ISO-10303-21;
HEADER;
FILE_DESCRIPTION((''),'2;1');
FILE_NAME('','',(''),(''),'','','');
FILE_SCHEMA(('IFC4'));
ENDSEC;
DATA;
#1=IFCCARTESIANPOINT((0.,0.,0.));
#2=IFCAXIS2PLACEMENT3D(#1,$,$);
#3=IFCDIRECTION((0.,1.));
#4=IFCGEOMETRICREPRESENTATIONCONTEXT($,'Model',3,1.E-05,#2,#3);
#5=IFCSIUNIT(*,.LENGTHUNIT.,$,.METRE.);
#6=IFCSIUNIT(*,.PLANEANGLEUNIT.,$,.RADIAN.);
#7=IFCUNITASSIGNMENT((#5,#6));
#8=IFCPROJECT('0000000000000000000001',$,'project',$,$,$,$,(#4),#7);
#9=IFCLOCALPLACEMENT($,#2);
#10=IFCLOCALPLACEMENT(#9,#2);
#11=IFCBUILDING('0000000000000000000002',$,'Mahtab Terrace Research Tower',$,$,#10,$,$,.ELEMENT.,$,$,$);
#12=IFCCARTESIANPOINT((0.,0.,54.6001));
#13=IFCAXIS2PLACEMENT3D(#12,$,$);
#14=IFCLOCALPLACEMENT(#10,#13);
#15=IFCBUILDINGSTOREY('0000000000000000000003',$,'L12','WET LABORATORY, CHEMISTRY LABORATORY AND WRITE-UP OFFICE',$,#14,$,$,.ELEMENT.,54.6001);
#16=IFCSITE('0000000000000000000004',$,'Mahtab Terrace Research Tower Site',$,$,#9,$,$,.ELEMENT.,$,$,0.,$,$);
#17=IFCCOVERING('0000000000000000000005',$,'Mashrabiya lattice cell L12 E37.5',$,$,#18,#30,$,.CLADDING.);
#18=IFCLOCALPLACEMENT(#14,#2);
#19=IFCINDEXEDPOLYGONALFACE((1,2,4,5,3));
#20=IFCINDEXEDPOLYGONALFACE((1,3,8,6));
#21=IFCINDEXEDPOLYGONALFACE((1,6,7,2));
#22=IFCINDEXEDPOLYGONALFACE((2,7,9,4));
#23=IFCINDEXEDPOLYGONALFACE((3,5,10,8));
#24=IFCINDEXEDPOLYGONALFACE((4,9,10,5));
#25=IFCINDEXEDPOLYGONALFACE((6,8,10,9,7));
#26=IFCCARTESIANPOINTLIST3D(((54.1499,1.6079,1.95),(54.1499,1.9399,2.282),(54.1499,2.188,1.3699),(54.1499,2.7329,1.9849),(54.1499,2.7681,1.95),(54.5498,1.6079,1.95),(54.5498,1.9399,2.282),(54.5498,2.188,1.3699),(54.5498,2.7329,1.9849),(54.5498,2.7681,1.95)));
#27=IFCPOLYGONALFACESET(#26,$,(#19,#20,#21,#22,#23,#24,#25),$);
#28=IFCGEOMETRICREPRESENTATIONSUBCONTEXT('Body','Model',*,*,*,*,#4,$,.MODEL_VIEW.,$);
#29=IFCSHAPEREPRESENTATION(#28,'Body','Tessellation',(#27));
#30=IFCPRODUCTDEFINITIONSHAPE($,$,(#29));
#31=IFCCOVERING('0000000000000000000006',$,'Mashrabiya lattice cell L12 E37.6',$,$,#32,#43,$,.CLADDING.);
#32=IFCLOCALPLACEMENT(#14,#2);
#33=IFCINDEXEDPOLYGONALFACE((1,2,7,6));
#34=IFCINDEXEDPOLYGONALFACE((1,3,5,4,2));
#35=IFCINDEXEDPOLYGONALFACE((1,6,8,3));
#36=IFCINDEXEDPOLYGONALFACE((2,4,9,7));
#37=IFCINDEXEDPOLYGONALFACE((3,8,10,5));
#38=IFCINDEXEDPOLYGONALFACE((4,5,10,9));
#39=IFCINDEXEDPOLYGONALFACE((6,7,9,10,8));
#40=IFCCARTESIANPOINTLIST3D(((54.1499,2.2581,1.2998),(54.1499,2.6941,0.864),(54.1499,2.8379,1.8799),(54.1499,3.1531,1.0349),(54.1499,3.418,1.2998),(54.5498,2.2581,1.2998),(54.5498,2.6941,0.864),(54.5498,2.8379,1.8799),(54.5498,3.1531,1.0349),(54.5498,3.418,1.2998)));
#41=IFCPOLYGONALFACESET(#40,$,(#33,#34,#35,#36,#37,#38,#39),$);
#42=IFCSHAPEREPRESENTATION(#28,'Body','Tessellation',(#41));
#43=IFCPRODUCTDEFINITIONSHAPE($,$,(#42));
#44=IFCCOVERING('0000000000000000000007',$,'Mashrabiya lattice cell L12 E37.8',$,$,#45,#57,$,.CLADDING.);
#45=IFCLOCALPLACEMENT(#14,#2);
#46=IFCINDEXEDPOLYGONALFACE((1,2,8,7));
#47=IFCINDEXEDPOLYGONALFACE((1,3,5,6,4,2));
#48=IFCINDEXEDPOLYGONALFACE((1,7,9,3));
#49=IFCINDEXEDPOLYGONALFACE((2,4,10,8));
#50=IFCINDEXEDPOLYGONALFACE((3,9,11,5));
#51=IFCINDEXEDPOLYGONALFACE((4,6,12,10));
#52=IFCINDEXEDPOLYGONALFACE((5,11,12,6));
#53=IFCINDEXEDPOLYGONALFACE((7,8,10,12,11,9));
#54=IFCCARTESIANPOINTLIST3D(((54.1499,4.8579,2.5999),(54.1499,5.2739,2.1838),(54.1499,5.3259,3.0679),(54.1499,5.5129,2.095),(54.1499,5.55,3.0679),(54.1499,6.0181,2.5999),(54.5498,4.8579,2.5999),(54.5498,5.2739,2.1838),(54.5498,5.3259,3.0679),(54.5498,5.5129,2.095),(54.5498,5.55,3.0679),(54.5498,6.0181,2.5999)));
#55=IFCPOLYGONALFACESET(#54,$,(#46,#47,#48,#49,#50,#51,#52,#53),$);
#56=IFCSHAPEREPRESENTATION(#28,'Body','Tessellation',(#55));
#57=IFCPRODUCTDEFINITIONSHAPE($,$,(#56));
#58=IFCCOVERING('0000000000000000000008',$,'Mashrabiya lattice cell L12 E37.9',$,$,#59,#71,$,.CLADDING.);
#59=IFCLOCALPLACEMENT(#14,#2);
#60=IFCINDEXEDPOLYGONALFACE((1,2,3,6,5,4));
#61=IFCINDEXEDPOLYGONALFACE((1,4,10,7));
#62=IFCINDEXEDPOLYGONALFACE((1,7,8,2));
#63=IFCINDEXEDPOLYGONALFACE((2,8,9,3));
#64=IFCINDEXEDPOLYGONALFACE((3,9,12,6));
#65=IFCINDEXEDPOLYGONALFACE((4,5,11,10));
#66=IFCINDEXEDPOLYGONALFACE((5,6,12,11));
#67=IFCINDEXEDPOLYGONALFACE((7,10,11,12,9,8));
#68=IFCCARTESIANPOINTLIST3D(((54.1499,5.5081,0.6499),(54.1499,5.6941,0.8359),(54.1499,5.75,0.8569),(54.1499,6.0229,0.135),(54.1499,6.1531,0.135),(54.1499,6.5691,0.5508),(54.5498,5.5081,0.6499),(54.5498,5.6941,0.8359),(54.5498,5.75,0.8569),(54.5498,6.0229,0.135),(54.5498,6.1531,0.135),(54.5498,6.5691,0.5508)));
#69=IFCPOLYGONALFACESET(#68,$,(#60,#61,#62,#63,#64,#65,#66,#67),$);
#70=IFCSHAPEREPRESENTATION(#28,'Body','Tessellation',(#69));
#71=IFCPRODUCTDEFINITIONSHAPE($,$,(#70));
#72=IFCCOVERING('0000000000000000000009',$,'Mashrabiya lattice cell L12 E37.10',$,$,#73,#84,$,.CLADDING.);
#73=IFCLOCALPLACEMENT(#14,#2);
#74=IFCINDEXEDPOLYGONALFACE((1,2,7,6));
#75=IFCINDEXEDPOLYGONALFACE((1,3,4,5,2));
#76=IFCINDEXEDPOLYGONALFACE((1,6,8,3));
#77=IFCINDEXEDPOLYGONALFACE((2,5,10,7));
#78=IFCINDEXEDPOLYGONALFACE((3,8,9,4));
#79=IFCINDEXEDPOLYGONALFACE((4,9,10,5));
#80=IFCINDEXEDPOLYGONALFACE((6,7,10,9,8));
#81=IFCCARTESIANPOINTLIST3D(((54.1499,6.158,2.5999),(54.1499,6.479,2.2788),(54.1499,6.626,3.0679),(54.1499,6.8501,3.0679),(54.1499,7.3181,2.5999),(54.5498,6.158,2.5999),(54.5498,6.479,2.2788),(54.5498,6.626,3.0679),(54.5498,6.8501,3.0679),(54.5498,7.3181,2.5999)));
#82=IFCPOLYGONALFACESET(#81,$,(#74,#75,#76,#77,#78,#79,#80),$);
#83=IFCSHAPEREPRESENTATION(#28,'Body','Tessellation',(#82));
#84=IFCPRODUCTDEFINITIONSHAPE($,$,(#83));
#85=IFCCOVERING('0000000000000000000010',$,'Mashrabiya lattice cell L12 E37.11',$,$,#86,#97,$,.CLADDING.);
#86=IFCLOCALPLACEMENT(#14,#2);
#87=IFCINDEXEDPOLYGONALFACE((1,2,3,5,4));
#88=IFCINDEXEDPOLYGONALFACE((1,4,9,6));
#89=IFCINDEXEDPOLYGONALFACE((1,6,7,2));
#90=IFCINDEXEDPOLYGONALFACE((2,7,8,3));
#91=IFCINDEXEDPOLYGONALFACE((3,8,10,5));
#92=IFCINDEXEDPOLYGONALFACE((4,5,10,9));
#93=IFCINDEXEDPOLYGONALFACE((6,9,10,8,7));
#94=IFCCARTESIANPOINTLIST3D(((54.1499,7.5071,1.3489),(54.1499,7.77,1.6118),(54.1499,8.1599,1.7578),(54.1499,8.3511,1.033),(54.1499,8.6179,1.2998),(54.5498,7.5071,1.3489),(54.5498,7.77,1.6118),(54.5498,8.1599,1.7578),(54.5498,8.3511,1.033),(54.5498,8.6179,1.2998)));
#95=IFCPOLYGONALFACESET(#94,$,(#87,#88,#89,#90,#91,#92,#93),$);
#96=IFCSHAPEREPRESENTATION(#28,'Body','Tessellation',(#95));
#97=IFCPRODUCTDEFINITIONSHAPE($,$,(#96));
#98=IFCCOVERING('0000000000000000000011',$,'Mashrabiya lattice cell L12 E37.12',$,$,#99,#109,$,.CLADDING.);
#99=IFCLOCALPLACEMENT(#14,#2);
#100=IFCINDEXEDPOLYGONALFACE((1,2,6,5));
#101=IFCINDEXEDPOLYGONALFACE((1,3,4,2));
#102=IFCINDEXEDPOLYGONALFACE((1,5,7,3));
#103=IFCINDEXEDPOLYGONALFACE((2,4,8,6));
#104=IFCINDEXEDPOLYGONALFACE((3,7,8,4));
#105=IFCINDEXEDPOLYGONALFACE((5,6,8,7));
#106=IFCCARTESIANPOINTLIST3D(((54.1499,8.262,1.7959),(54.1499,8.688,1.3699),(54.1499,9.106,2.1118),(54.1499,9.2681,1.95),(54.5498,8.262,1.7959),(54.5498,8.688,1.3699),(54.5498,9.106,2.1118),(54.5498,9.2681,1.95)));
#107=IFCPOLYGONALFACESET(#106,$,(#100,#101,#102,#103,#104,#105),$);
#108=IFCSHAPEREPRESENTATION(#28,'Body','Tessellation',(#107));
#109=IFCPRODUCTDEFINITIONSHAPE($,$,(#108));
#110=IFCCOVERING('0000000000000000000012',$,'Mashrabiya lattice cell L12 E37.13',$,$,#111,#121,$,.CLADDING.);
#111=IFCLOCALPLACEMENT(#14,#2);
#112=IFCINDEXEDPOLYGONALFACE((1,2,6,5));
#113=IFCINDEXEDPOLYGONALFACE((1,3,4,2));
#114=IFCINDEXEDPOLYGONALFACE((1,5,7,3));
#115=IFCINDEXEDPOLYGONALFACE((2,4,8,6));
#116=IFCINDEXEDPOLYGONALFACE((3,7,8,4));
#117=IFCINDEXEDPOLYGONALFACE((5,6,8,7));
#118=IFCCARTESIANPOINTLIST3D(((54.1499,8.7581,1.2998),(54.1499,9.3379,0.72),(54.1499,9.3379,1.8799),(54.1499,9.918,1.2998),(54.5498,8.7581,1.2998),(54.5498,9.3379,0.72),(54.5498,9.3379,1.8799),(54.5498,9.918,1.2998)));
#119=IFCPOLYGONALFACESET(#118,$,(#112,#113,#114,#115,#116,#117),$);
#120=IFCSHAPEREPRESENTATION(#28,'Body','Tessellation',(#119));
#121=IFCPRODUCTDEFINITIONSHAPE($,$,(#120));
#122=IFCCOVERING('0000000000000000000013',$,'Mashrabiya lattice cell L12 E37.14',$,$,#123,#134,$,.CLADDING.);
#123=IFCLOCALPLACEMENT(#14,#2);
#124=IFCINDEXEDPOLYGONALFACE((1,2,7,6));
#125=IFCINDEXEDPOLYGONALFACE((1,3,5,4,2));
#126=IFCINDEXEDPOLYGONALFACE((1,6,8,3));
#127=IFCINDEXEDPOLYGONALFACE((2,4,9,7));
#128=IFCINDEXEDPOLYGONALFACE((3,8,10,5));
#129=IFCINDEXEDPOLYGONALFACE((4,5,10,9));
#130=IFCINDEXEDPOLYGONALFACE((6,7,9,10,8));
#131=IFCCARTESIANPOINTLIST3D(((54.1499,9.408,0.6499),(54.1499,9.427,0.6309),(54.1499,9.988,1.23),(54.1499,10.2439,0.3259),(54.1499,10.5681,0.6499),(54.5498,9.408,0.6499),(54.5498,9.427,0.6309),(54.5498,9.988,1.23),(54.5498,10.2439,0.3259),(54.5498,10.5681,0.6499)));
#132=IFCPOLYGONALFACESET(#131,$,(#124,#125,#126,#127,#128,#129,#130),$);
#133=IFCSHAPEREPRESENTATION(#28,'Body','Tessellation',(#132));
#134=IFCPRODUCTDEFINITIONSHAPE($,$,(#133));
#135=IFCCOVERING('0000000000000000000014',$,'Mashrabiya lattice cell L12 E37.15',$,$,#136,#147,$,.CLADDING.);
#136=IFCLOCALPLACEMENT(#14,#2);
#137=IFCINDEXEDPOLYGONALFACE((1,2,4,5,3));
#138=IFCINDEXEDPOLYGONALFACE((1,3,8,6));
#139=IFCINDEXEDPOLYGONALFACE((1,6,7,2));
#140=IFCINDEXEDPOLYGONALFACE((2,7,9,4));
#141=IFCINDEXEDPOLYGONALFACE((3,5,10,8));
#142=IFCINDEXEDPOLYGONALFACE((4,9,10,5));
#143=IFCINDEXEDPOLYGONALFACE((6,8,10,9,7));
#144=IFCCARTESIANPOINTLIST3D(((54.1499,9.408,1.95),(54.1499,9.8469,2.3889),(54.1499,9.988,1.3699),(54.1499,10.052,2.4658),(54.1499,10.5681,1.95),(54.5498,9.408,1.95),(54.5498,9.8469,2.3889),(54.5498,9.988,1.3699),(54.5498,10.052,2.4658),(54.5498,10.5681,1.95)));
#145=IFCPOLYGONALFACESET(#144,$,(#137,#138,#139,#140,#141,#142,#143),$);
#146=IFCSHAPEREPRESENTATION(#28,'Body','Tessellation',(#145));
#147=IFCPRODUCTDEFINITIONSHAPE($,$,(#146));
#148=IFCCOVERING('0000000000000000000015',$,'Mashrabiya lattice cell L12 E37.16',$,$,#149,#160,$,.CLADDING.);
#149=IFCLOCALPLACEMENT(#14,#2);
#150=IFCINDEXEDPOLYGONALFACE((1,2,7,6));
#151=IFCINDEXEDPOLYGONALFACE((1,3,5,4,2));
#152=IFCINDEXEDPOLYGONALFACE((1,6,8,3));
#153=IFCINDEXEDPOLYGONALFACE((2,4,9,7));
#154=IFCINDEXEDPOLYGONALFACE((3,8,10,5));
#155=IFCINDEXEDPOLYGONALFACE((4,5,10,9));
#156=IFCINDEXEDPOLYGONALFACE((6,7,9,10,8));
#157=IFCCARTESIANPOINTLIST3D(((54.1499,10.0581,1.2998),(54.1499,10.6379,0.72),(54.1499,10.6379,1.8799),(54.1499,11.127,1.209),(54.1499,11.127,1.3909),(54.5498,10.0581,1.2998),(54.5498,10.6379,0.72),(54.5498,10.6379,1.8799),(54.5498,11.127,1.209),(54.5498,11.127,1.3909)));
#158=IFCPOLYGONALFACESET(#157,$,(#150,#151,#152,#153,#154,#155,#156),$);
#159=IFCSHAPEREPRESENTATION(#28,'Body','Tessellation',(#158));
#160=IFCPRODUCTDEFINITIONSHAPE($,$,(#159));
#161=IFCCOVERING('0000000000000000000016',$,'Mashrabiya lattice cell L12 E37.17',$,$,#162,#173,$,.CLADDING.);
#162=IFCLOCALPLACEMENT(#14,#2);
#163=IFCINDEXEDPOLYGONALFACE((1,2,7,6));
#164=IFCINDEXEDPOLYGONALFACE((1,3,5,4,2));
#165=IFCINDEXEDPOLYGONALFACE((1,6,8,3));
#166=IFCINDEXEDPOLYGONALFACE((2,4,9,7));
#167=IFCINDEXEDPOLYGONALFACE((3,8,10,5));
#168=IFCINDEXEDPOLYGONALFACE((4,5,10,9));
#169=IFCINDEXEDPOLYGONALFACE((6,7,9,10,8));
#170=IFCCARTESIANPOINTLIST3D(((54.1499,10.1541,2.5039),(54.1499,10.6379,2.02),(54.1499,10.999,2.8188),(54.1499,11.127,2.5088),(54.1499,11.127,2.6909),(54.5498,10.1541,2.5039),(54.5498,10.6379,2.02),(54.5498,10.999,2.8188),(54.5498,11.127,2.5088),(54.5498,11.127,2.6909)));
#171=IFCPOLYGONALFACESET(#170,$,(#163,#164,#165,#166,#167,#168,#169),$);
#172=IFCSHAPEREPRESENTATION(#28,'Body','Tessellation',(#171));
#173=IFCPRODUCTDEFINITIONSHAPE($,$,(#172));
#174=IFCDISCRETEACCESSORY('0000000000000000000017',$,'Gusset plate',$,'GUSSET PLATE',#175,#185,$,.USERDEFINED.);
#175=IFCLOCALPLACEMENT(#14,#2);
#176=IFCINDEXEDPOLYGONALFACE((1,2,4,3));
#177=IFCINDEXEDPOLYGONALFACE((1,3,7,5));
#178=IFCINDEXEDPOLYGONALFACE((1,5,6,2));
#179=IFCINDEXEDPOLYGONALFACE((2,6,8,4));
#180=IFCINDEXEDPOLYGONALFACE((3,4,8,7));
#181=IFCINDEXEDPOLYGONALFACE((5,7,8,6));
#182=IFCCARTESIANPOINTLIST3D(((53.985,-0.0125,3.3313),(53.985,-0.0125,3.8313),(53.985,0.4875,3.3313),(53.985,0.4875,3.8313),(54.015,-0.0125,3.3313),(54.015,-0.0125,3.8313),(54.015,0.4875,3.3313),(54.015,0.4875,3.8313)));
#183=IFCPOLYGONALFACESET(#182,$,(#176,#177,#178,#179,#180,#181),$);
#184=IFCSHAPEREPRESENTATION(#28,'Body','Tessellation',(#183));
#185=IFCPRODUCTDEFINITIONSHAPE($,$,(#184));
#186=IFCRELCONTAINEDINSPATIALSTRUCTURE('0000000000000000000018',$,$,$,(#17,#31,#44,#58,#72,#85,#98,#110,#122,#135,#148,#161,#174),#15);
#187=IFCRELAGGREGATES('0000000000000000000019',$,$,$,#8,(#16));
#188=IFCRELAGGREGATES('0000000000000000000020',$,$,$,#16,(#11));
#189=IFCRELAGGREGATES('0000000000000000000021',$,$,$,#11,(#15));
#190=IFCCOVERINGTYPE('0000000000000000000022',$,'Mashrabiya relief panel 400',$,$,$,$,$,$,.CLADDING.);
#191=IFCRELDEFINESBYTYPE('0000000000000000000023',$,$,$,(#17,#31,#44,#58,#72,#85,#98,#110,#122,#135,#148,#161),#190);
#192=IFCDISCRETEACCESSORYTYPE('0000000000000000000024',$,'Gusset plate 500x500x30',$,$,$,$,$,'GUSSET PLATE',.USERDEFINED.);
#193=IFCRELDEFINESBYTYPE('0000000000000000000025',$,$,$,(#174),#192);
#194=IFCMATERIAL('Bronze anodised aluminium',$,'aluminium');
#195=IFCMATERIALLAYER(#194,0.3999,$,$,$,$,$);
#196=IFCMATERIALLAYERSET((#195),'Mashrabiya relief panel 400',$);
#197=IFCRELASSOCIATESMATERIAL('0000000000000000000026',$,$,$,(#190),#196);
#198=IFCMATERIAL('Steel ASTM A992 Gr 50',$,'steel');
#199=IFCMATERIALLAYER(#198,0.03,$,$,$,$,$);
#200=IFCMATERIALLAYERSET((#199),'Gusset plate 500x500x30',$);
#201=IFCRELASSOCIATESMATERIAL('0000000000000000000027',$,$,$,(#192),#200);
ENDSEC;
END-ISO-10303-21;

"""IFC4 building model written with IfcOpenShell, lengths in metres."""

from ifc_helpers import new_model, si_unit, direction, frame, origin, origin_2d, place, context, subcontext, project, spatial, polyline, rectangle, outline, extrude, material, layer, layer_set, type_object, element, save


model = new_model("IFC4")

# Units and contexts
model_context = context("Model", 3, precision=1e-05, world=origin(), true_north=direction((0.0, 1.0)))
body_context = subcontext(model_context, "Body", "Model", "MODEL_VIEW")
ifc_project = project(units=[si_unit("LENGTHUNIT", "METRE"), si_unit("PLANEANGLEUNIT", "RADIAN")], contexts=[model_context])

# Site, building, storey
site_placement = place(None, origin())
site = spatial("IfcSite", under=ifc_project, at=site_placement, Name="Mahtab Terrace Research Tower Site", CompositionType="ELEMENT", RefElevation=0.0)
building_placement = place(site_placement, origin())
building = spatial("IfcBuilding", under=site, at=building_placement, Name="Mahtab Terrace Research Tower", CompositionType="ELEMENT")
storey_placement = place(building_placement, frame((0.0, 0.0, 54.6001)))
storey = spatial("IfcBuildingStorey", under=building, at=storey_placement, Name="L12", Description="WET LABORATORY, CHEMISTRY LABORATORY AND WRITE-UP OFFICE", CompositionType="ELEMENT", Elevation=54.6001)

# Shared definitions
ifc_material_1 = material(Name="Steel ASTM A992 Gr 50", Category="steel")

# Coverings
ifc_material_2 = material(Name="Bronze anodised aluminium", Category="aluminium")
ifc_layer_1 = layer(ifc_material_2, 0.3999)
ifc_layer_set_1 = layer_set([ifc_layer_1], Name="Mashrabiya relief panel 400")
covering_type = type_object("IfcCoveringType", Name="Mashrabiya relief panel 400", PredefinedType="CLADDING", material=ifc_layer_set_1)
covering_1_placement = place(storey_placement, frame((54.1499, 2.7681, 1.95), z_axis=(-1.0, 0.0, 0.0), x_axis=(0.0, -0.707107, -0.707107)))
element("IfcCovering", 1, at=covering_1_placement, inside=storey, type_object=covering_type, Name="Mashrabiya lattice cell L12 E37.5", PredefinedType="CLADDING", context=body_context, shape_type="SweptSolid", body=[
    extrude(outline(polyline([(0.0, 0.0), (0.8204, 0.0), (0.8204, 0.8204), (0.3508, 0.8204), (0.0002, 0.0495), (0.0, 0.0)])), origin(), (0.0, 0.0, -1.0), 0.3999),
])
covering_2_placement = place(storey_placement, frame((54.1499, 2.2581, 1.2998), z_axis=(-1.0, 0.0, 0.0), x_axis=(0.0, 0.706958, 0.707256)))
element("IfcCovering", 2, at=covering_2_placement, inside=storey, type_object=covering_type, Name="Mashrabiya lattice cell L12 E37.6", PredefinedType="CLADDING", context=body_context, shape_type="SweptSolid", body=[
    extrude(outline(polyline([(0.0, 0.0), (0.8202, 0.0), (0.82, 0.8204), (0.4454, 0.8203), (0.0, 0.6165), (0.0, 0.0)])), origin(), (0.0, 0.0, -1.0), 0.3999),
])
covering_3_placement = place(storey_placement, frame((54.1499, 4.8579, 2.5999), z_axis=(-1.0, 0.0, 0.0), x_axis=(0.0, 0.707107, 0.707107)))
element("IfcCovering", 3, at=covering_3_placement, inside=storey, type_object=covering_type, Name="Mashrabiya lattice cell L12 E37.8", PredefinedType="CLADDING", context=body_context, shape_type="SweptSolid", body=[
    extrude(outline(polyline([(0.0, 0.0), (0.6619, 0.0), (0.8204, 0.1585), (0.8204, 0.8204), (0.1062, 0.8202), (0.0, 0.5883), (0.0, 0.0)])), origin(), (0.0, 0.0, -1.0), 0.3999),
])
covering_4_placement = place(storey_placement, frame((54.1499, 5.5081, 0.6499), z_axis=(-1.0, 0.0, 0.0), x_axis=(0.0, 0.707107, 0.707107)))
element("IfcCovering", 4, at=covering_4_placement, inside=storey, type_object=covering_type, Name="Mashrabiya lattice cell L12 E37.9", PredefinedType="CLADDING", context=body_context, shape_type="SweptSolid", body=[
    extrude(outline(polyline([(0.0, 0.0), (0.2631, 0.0), (0.3175, 0.0247), (0.6802, 0.8204), (0.092, 0.8202), (0.0, 0.7282), (0.0, 0.0)])), origin(), (0.0, 0.0, -1.0), 0.3999),
])
covering_5_placement = place(storey_placement, frame((54.1499, 6.158, 2.5999), z_axis=(-1.0, 0.0, 0.0), x_axis=(0.0, 0.707107, 0.707107)))
element("IfcCovering", 5, at=covering_5_placement, inside=storey, type_object=covering_type, Name="Mashrabiya lattice cell L12 E37.10", PredefinedType="CLADDING", context=body_context, shape_type="SweptSolid", body=[
    extrude(outline(polyline([(0.0, 0.0), (0.6619, 0.0), (0.8204, 0.1585), (0.8204, 0.8204), (0.0, 0.454), (0.0, 0.0)])), origin(), (0.0, 0.0, -1.0), 0.3999),
])
covering_6_placement = place(storey_placement, frame((54.1499, 8.6179, 1.2998), z_axis=(-1.0, 0.0, 0.0), x_axis=(0.0, -0.707107, -0.707107)))
element("IfcCovering", 6, at=covering_6_placement, inside=storey, type_object=covering_type, Name="Mashrabiya lattice cell L12 E37.11", PredefinedType="CLADDING", context=body_context, shape_type="SweptSolid", body=[
    extrude(outline(polyline([(0.0, 0.0), (0.3774, 0.0), (0.7508, 0.8202), (0.3789, 0.8202), (0.0, 0.6477), (0.0, 0.0)])), origin(), (0.0, 0.0, -1.0), 0.3999),
])
covering_7_placement = place(storey_placement, frame((54.1499, 9.2681, 1.95), z_axis=(-1.0, 0.0, 0.0), x_axis=(0.0, -0.707107, -0.707107)))
element("IfcCovering", 7, at=covering_7_placement, inside=storey, type_object=covering_type, Name="Mashrabiya lattice cell L12 E37.12", PredefinedType="CLADDING", context=body_context, shape_type="SweptSolid", body=[
    extrude(outline(polyline([(0.0, 0.0), (0.8204, 0.0), (0.8204, 0.6025), (0.0002, 0.2291), (0.0, 0.0)])), origin(), (0.0, 0.0, -1.0), 0.3999),
])
covering_8_placement = place(storey_placement, frame((54.1499, 9.3379, 1.8799), z_axis=(-1.0, 0.0, 0.0), x_axis=(0.0, 0.707107, -0.707107)))
element("IfcCovering", 8, at=covering_8_placement, inside=storey, type_object=covering_type, Name="Mashrabiya lattice cell L12 E37.13", PredefinedType="CLADDING", context=body_context, shape_type="SweptSolid", body=[
    extrude(outline(polyline([(0.0, 0.0), (0.8204, 0.0), (0.8202, 0.8202), (0.0002, 0.8202), (0.0, 0.0)])), origin(), (0.0, 0.0, -1.0), 0.3999),
])
covering_9_placement = place(storey_placement, frame((54.1499, 9.408, 0.6499), z_axis=(-1.0, 0.0, 0.0), x_axis=(0.0, 0.707107, 0.707107)))
element("IfcCovering", 9, at=covering_9_placement, inside=storey, type_object=covering_type, Name="Mashrabiya lattice cell L12 E37.14", PredefinedType="CLADDING", context=body_context, shape_type="SweptSolid", body=[
    extrude(outline(polyline([(0.0, 0.0), (0.8204, 0.0), (0.8204, 0.8204), (0.362, 0.8202), (0.0, 0.0269), (0.0, 0.0)])), origin(), (0.0, 0.0, -1.0), 0.3999),
])
covering_10_placement = place(storey_placement, frame((54.1499, 10.5681, 1.95), z_axis=(-1.0, 0.0, 0.0), x_axis=(0.0, -0.707107, -0.707107)))
element("IfcCovering", 10, at=covering_10_placement, inside=storey, type_object=covering_type, Name="Mashrabiya lattice cell L12 E37.15", PredefinedType="CLADDING", context=body_context, shape_type="SweptSolid", body=[
    extrude(outline(polyline([(0.0, 0.0), (0.8204, 0.0), (0.8204, 0.8204), (0.1996, 0.8204), (0.0002, 0.7297), (0.0, 0.0)])), origin(), (0.0, 0.0, -1.0), 0.3999),
])
covering_11_placement = place(storey_placement, frame((54.1499, 10.6379, 0.72), z_axis=(-1.0, 0.0, 0.0), x_axis=(0.0, -0.707107, 0.707107)))
element("IfcCovering", 11, at=covering_11_placement, inside=storey, type_object=covering_type, Name="Mashrabiya lattice cell L12 E37.16", PredefinedType="CLADDING", context=body_context, shape_type="SweptSolid", body=[
    extrude(outline(polyline([(0.0, 0.0), (0.82, 0.0), (0.8202, 0.8202), (0.1286, 0.8202), (0.0, 0.6916), (0.0, 0.0)])), origin(), (0.0, 0.0, -1.0), 0.3999),
])
covering_12_placement = place(storey_placement, frame((54.1499, 10.6379, 2.02), z_axis=(-1.0, 0.0, 0.0), x_axis=(0.0, -0.707107, 0.707107)))
element("IfcCovering", 12, at=covering_12_placement, inside=storey, type_object=covering_type, Name="Mashrabiya lattice cell L12 E37.17", PredefinedType="CLADDING", context=body_context, shape_type="SweptSolid", body=[
    extrude(outline(polyline([(0.0, 0.0), (0.6843, 0.0), (0.3095, 0.8202), (0.1286, 0.8202), (-0.0002, 0.6914), (0.0, 0.0)])), origin(), (0.0, 0.0, -1.0), 0.3999),
])

# Discrete accessory
ifc_layer_2 = layer(ifc_material_1, 0.03)
ifc_layer_set_2 = layer_set([ifc_layer_2], Name="Gusset plate 500x500x30")
discrete_accessory_type = type_object("IfcDiscreteAccessoryType", Name="Gusset plate 500x500x30", ElementType="GUSSET PLATE", PredefinedType="USERDEFINED", material=ifc_layer_set_2)
for number, where, z_axis, x_axis, name in (
    (13, (54.0, 0.2375, 3.3313), (0.0, 0.0, 1.0), (0.0, 1.0, 0.0), "Gusset plate"),
):
    element("IfcDiscreteAccessory", number, at=place(storey_placement, frame(where, z_axis=z_axis, x_axis=x_axis)), inside=storey, type_object=discrete_accessory_type, Name=name, ObjectType="GUSSET PLATE", PredefinedType="USERDEFINED", context=body_context, shape_type="SweptSolid", body=[
        extrude(rectangle(XDim=0.5, YDim=0.03, at=origin_2d()), origin(), (0.0, 0.0, 1.0), 0.5),
    ])

save(model, "model.ifc")
